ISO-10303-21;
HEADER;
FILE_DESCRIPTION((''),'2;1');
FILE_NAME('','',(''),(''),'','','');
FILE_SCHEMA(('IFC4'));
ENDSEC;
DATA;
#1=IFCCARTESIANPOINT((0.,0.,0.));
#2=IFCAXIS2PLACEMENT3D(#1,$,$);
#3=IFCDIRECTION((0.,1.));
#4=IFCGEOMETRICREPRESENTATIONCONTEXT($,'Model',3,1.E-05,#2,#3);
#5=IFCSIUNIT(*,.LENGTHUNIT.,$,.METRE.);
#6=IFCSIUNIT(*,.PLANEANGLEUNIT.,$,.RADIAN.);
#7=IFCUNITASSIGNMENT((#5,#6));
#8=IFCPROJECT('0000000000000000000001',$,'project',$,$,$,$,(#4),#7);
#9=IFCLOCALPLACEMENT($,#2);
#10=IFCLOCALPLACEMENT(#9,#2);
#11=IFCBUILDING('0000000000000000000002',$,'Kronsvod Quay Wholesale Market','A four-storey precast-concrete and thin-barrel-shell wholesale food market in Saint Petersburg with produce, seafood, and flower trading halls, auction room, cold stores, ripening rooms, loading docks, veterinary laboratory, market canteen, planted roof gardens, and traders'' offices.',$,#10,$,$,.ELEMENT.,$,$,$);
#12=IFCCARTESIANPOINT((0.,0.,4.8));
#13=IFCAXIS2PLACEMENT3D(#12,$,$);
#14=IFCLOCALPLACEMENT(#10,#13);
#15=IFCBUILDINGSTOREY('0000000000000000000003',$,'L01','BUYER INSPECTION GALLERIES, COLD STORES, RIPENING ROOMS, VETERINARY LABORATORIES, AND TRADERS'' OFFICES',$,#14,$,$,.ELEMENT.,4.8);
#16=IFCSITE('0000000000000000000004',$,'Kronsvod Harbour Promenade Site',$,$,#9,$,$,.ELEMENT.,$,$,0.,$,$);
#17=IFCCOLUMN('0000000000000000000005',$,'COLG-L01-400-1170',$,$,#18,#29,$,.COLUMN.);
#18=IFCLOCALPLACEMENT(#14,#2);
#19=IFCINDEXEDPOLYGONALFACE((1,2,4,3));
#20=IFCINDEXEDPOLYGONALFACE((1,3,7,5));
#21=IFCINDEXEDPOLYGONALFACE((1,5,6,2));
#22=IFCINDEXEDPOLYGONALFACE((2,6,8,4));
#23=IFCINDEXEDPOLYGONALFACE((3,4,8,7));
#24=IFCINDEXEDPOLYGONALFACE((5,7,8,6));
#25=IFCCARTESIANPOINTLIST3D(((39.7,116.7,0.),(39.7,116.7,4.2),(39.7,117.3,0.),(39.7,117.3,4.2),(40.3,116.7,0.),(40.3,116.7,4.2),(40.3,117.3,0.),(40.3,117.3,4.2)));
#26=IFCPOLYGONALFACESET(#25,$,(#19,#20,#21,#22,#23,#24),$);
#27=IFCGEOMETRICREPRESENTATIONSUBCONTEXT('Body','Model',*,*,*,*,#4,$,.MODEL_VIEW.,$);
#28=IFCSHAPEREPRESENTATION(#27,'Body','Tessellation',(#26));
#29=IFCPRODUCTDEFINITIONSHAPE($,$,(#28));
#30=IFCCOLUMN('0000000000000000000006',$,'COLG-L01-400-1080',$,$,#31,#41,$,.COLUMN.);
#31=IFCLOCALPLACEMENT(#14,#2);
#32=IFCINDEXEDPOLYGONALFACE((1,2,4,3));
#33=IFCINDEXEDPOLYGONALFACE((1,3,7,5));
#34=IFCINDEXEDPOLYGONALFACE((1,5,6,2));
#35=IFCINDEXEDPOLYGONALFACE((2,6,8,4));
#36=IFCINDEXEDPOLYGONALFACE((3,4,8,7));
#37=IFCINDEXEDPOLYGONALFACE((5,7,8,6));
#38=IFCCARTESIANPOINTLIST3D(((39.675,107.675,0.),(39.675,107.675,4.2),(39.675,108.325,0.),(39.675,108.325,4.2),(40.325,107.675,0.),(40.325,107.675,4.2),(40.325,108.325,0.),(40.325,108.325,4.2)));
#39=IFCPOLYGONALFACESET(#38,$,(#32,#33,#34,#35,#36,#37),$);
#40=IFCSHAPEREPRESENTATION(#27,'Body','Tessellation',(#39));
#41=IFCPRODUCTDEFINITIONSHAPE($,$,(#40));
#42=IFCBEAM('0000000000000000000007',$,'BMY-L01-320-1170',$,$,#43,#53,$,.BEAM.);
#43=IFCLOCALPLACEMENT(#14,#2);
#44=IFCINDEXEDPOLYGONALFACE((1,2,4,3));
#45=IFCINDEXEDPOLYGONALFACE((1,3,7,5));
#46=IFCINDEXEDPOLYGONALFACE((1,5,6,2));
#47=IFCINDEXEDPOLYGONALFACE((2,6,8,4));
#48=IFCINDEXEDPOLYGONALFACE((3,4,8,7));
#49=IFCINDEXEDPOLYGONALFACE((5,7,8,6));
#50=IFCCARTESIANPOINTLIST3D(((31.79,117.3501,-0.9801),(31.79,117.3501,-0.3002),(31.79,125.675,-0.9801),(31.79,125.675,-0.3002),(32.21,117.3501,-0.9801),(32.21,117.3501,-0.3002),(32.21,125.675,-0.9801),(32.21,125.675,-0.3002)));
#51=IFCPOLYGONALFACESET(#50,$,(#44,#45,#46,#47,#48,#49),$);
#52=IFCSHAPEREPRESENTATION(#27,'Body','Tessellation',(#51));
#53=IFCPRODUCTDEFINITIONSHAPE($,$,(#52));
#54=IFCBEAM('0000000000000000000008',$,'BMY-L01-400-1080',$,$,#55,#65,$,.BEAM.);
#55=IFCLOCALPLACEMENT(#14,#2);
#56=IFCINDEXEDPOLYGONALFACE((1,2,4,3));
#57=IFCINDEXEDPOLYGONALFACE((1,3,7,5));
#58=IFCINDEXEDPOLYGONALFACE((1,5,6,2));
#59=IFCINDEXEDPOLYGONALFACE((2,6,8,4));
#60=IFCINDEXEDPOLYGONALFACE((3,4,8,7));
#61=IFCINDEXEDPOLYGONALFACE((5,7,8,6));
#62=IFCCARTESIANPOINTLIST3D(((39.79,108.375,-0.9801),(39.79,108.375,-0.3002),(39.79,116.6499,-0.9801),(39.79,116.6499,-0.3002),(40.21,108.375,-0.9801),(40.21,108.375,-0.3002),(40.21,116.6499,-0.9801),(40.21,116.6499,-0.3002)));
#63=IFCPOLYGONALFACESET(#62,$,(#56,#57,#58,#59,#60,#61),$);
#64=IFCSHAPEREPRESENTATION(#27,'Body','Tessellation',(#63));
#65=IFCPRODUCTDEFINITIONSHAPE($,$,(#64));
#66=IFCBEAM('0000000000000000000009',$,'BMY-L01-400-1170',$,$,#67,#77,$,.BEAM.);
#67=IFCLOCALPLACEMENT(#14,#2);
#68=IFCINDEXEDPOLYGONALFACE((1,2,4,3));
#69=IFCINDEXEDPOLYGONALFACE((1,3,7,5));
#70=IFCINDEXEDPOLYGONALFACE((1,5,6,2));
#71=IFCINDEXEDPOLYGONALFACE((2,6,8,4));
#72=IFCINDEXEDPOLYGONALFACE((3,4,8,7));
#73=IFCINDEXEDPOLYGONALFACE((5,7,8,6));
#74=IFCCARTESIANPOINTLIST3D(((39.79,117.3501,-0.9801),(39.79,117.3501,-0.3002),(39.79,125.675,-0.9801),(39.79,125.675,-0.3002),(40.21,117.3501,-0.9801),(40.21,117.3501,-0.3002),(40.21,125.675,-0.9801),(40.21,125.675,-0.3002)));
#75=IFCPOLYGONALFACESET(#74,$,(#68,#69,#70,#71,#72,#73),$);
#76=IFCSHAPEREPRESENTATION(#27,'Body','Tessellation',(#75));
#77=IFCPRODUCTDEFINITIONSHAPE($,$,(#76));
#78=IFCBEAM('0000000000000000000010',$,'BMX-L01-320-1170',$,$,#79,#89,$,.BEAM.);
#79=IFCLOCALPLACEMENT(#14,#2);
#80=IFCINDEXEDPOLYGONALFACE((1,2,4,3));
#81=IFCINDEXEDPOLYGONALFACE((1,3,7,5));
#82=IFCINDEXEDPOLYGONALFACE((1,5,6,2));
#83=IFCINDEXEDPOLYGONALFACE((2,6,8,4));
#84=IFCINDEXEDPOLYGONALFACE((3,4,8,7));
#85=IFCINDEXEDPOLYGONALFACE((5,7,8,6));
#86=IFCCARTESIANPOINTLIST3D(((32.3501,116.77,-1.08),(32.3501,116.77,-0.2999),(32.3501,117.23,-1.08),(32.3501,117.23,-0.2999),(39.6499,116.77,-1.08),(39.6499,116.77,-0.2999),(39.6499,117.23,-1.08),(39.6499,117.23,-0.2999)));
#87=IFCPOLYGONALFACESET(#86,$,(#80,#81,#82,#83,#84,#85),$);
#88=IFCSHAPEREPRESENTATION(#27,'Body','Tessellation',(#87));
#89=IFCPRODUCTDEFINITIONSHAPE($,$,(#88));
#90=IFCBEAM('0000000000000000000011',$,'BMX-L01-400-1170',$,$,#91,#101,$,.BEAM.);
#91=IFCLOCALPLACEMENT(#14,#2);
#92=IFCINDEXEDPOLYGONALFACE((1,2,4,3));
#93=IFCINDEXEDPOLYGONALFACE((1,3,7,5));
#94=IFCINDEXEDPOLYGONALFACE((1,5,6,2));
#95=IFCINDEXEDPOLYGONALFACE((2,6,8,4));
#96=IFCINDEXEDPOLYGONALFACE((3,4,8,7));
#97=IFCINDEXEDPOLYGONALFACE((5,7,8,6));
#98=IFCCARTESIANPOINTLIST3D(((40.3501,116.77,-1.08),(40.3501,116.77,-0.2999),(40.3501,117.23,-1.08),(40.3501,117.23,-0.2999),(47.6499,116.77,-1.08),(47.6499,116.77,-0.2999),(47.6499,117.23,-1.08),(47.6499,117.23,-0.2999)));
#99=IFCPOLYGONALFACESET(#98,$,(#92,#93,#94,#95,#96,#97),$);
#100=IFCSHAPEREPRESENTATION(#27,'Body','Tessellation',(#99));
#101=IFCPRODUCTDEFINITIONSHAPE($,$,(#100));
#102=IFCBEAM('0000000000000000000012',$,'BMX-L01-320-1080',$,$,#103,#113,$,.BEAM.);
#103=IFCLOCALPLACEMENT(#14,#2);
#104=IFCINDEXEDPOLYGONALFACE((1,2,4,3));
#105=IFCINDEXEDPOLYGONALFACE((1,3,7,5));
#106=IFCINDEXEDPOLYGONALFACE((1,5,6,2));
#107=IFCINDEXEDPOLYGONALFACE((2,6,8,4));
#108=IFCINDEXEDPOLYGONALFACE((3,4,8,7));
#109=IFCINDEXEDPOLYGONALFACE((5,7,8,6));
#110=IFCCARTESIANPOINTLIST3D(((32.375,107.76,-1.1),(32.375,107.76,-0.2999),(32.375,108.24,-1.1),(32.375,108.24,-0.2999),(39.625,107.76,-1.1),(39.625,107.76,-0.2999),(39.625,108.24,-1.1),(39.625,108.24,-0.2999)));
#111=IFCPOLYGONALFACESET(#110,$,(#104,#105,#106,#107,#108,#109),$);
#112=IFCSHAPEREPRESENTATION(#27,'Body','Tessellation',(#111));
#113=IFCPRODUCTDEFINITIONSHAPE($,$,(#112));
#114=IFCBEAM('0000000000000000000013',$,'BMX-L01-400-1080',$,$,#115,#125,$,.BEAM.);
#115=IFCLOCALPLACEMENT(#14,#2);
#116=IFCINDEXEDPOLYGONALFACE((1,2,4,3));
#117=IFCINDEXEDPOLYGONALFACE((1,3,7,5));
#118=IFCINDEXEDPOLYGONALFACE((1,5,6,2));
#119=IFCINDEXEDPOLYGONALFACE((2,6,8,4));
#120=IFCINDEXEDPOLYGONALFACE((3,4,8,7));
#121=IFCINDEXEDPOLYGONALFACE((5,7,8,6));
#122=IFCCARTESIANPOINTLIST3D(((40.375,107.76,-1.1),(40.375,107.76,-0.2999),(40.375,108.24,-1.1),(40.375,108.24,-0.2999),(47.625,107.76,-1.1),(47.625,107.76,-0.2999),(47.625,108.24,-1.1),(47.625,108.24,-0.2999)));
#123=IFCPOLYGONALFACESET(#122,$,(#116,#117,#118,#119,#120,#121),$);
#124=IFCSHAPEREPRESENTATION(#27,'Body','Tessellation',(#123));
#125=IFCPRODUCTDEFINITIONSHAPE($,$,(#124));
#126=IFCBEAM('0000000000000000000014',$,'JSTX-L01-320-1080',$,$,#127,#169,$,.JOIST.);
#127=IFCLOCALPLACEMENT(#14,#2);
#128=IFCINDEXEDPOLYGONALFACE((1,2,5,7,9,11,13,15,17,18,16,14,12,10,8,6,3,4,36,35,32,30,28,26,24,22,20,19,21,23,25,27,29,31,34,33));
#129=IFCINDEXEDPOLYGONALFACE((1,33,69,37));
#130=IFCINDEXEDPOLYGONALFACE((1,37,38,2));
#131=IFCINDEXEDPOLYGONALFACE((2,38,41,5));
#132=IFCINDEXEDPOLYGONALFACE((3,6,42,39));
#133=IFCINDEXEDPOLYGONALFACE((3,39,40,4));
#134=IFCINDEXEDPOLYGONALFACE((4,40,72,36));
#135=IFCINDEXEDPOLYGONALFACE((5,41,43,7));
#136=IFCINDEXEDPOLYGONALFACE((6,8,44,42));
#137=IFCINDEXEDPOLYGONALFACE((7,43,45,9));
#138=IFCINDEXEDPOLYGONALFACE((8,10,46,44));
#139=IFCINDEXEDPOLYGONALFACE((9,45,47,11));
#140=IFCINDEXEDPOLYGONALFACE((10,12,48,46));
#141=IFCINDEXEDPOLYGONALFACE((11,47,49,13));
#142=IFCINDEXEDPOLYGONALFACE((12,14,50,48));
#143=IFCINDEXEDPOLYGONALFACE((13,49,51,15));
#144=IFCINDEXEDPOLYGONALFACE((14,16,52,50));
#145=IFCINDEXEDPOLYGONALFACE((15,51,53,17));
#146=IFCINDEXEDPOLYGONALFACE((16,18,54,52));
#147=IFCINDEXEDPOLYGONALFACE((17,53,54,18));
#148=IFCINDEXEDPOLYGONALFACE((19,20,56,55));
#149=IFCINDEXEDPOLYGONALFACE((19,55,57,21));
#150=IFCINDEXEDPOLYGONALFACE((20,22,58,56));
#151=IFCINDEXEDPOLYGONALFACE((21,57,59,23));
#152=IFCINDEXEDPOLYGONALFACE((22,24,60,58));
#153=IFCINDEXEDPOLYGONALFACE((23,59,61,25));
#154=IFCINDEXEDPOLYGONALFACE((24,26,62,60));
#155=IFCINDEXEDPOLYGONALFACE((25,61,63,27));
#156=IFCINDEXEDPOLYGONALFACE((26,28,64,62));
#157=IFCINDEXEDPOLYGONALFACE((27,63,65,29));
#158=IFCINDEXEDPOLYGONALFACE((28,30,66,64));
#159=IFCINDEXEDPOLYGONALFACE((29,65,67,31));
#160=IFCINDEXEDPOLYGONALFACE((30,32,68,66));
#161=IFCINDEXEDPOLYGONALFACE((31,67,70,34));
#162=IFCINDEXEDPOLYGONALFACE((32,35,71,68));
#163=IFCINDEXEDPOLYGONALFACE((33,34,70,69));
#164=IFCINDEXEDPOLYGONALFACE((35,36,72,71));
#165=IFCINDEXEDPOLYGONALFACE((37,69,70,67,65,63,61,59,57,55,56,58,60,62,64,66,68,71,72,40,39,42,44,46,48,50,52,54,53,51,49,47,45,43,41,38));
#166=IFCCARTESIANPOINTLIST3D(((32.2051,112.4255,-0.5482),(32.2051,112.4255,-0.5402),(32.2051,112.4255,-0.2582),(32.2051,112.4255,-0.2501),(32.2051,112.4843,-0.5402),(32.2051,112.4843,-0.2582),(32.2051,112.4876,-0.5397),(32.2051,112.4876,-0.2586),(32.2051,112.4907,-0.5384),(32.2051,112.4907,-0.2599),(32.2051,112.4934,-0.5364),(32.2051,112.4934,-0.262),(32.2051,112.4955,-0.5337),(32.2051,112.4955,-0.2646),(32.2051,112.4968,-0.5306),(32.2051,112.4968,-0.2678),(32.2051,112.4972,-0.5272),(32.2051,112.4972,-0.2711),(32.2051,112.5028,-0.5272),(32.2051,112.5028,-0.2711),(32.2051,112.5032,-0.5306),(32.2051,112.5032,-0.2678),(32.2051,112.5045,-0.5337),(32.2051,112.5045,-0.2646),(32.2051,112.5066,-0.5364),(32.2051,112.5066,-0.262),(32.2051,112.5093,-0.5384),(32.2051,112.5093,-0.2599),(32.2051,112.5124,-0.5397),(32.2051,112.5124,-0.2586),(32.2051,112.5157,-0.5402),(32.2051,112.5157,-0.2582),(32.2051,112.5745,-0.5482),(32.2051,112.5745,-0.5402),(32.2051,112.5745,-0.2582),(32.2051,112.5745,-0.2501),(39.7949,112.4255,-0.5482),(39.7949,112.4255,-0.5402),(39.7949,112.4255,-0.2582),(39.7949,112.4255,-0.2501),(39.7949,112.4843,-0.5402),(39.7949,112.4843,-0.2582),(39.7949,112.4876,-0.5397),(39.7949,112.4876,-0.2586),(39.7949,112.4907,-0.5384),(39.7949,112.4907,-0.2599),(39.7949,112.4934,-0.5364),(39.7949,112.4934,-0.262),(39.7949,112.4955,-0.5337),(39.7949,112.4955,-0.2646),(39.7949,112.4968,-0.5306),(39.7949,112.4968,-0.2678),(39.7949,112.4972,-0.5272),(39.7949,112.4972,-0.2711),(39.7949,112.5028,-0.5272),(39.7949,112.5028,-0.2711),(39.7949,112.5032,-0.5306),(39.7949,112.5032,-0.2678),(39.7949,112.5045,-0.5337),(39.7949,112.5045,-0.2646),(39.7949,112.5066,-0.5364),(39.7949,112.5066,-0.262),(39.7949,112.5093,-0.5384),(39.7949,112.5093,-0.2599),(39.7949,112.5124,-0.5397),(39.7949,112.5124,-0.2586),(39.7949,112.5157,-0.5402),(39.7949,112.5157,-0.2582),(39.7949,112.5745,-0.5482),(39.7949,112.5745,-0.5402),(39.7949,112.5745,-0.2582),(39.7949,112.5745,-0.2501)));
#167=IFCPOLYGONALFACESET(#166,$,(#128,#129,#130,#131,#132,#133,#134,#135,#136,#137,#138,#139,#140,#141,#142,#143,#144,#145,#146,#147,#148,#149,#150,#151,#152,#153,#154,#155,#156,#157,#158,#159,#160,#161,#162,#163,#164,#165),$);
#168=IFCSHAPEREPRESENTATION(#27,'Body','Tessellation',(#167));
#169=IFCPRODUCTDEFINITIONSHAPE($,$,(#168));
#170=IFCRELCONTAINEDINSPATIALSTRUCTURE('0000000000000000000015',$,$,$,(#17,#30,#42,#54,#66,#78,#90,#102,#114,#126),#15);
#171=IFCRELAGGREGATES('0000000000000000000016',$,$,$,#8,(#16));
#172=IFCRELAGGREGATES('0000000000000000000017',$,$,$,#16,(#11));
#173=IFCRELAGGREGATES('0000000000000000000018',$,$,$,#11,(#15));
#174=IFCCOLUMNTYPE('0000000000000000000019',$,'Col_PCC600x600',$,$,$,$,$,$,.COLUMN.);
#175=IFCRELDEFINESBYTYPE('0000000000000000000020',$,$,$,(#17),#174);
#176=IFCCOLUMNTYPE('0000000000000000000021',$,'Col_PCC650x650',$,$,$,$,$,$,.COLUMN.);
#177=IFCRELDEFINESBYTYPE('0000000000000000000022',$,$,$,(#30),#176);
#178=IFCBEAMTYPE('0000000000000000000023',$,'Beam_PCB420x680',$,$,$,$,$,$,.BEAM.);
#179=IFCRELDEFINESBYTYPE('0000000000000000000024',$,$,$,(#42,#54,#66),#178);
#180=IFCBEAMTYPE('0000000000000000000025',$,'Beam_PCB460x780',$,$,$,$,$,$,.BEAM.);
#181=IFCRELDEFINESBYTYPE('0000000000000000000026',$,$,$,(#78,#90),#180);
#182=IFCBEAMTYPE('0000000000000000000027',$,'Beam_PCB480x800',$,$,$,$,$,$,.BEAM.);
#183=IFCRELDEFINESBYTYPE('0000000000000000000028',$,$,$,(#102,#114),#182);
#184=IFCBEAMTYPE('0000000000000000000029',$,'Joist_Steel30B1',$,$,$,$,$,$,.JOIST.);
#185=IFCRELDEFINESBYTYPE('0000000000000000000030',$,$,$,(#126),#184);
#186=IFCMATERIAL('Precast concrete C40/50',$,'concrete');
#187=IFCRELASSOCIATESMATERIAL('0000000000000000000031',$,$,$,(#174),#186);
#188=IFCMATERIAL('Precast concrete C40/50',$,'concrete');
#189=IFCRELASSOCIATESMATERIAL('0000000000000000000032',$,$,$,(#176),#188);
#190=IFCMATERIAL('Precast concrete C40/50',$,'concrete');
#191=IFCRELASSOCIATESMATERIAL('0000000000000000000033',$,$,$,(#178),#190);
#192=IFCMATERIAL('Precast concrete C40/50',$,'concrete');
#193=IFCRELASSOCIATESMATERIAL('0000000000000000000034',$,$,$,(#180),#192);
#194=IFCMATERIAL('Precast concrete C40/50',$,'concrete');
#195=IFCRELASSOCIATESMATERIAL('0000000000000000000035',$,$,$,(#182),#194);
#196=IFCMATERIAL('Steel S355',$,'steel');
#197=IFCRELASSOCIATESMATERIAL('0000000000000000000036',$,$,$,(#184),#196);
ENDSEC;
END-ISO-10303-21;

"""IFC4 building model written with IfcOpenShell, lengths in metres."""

from ifc_helpers import new_model, si_unit, direction, frame, origin, origin_2d, place, context, subcontext, project, spatial, rectangle, i_section, extrude, material, material_profile, profile_set, type_object, element, save


model = new_model("IFC4")

# Units and contexts
model_context = context("Model", 3, precision=1e-05, world=origin(), true_north=direction((0.0, 1.0)))
body_context = subcontext(model_context, "Body", "Model", "MODEL_VIEW")
ifc_project = project(units=[si_unit("LENGTHUNIT", "METRE"), si_unit("PLANEANGLEUNIT", "RADIAN")], contexts=[model_context])

# Site, building, storey
site_placement = place(None, origin())
site = spatial("IfcSite", under=ifc_project, at=site_placement, Name="Kronsvod Harbour Promenade Site", CompositionType="ELEMENT", RefElevation=0.0)
building_placement = place(site_placement, origin())
building = spatial("IfcBuilding", under=site, at=building_placement, Name="Kronsvod Quay Wholesale Market", Description="A four-storey precast-concrete and thin-barrel-shell wholesale food market in Saint Petersburg with produce, seafood, and flower trading halls, auction room, cold stores, ripening rooms, loading docks, veterinary laboratory, market canteen, planted roof gardens, and traders' offices.", CompositionType="ELEMENT")
storey_placement = place(building_placement, frame((0.0, 0.0, 4.8)))
storey = spatial("IfcBuildingStorey", under=building, at=storey_placement, Name="L01", Description="BUYER INSPECTION GALLERIES, COLD STORES, RIPENING ROOMS, VETERINARY LABORATORIES, AND TRADERS' OFFICES", CompositionType="ELEMENT", Elevation=4.8)

# Columns
ifc_material_1 = material(Name="Precast concrete C40/50", Category="concrete")
ifc_material_profile_1 = material_profile(ifc_material_1, rectangle(XDim=0.6001, YDim=0.6001, at=origin_2d()), Name="PCC600x600")
ifc_profile_set_1 = profile_set([ifc_material_profile_1], Name="Precast concrete C40/50")
column_type_1 = type_object("IfcColumnType", Name="Col_PCC600x600", PredefinedType="COLUMN", material=ifc_profile_set_1)
column_1_placement = place(storey_placement, frame((40.0, 117.0, 0.0), z_axis=(0.0, 0.0, 1.0), x_axis=(1.0, 0.0, 0.0)))
element("IfcColumn", 1, at=column_1_placement, inside=storey, type_object=column_type_1, Name="COLG-L01-400-1170", PredefinedType="COLUMN", context=body_context, shape_type="SweptSolid", body=[
    extrude(rectangle(XDim=0.6001, YDim=0.6001, at=origin_2d()), origin(), (0.0, 0.0, 1.0), 4.2),
])
ifc_material_2 = material(Name="Precast concrete C40/50", Category="concrete")
ifc_material_profile_2 = material_profile(ifc_material_2, rectangle(XDim=0.6499, YDim=0.6499, at=origin_2d()), Name="COL-08")
ifc_profile_set_2 = profile_set([ifc_material_profile_2], Name="Precast concrete C40/50")
column_type_2 = type_object("IfcColumnType", Name="Col_PCC650x650", PredefinedType="COLUMN", material=ifc_profile_set_2)
column_2_placement = place(storey_placement, frame((40.0, 108.0, 0.0), z_axis=(0.0, 0.0, 1.0), x_axis=(1.0, 0.0, 0.0)))
element("IfcColumn", 2, at=column_2_placement, inside=storey, type_object=column_type_2, Name="COLG-L01-400-1080", PredefinedType="COLUMN", context=body_context, shape_type="SweptSolid", body=[
    extrude(rectangle(XDim=0.6499, YDim=0.6499, at=origin_2d()), origin(), (0.0, 0.0, 1.0), 4.2),
])

# Beams
ifc_material_3 = material(Name="Precast concrete C40/50", Category="concrete")
ifc_material_profile_3 = material_profile(ifc_material_3, rectangle(XDim=0.4199, YDim=0.6799, at=origin_2d()), Name="PB-05")
ifc_profile_set_3 = profile_set([ifc_material_profile_3], Name="Precast concrete C40/50")
beam_type_1 = type_object("IfcBeamType", Name="Beam_PCB420x680", PredefinedType="BEAM", material=ifc_profile_set_3)
beam_1_placement = place(storey_placement, frame((32.0, 117.3501, -0.6401), z_axis=(0.0, 1.0, 0.0), x_axis=(-1.0, 0.0, 0.0)))
element("IfcBeam", 3, at=beam_1_placement, inside=storey, type_object=beam_type_1, Name="BMY-L01-320-1170", PredefinedType="BEAM", context=body_context, shape_type="SweptSolid", body=[
    extrude(rectangle(XDim=0.4199, YDim=0.6799, at=origin_2d()), origin(), (0.0, 0.0, 1.0), 8.325),
])
beam_2_placement = place(storey_placement, frame((40.0, 108.375, -0.6401), z_axis=(0.0, 1.0, 0.0), x_axis=(-1.0, 0.0, 0.0)))
element("IfcBeam", 4, at=beam_2_placement, inside=storey, type_object=beam_type_1, Name="BMY-L01-400-1080", PredefinedType="BEAM", context=body_context, shape_type="SweptSolid", body=[
    extrude(rectangle(XDim=0.4199, YDim=0.6799, at=origin_2d()), origin(), (0.0, 0.0, 1.0), 8.2749),
])
beam_3_placement = place(storey_placement, frame((40.0, 117.3501, -0.6401), z_axis=(0.0, 1.0, 0.0), x_axis=(-1.0, 0.0, 0.0)))
element("IfcBeam", 5, at=beam_3_placement, inside=storey, type_object=beam_type_1, Name="BMY-L01-400-1170", PredefinedType="BEAM", context=body_context, shape_type="SweptSolid", body=[
    extrude(rectangle(XDim=0.4199, YDim=0.6799, at=origin_2d()), origin(), (0.0, 0.0, 1.0), 8.325),
])
ifc_material_4 = material(Name="Precast concrete C40/50", Category="concrete")
ifc_material_profile_4 = material_profile(ifc_material_4, rectangle(XDim=0.46, YDim=0.78, at=origin_2d()), Name="PB-03")
ifc_profile_set_4 = profile_set([ifc_material_profile_4], Name="Precast concrete C40/50")
beam_type_2 = type_object("IfcBeamType", Name="Beam_PCB460x780", PredefinedType="BEAM", material=ifc_profile_set_4)
for number, where, z_axis, x_axis, name in (
    (6, (32.3501, 117.0, -0.6899), (1.0, 0.0, 0.0), (0.0, 1.0, 0.0), "BMX-L01-320-1170"),
    (7, (40.3501, 117.0, -0.6899), (1.0, 0.0, 0.0), (0.0, 1.0, 0.0), "BMX-L01-400-1170"),
):
    element("IfcBeam", number, at=place(storey_placement, frame(where, z_axis=z_axis, x_axis=x_axis)), inside=storey, type_object=beam_type_2, Name=name, PredefinedType="BEAM", context=body_context, shape_type="SweptSolid", body=[
        extrude(rectangle(XDim=0.46, YDim=0.78, at=origin_2d()), origin(), (0.0, 0.0, 1.0), 7.2998),
    ])
ifc_material_5 = material(Name="Precast concrete C40/50", Category="concrete")
ifc_material_profile_5 = material_profile(ifc_material_5, rectangle(XDim=0.48, YDim=0.8, at=origin_2d()), Name="PB-04")
ifc_profile_set_5 = profile_set([ifc_material_profile_5], Name="Precast concrete C40/50")
beam_type_3 = type_object("IfcBeamType", Name="Beam_PCB480x800", PredefinedType="BEAM", material=ifc_profile_set_5)
for number, where, z_axis, x_axis, name in (
    (8, (32.375, 108.0, -0.7), (1.0, 0.0, 0.0), (0.0, 1.0, 0.0), "BMX-L01-320-1080"),
    (9, (40.375, 108.0, -0.7), (1.0, 0.0, 0.0), (0.0, 1.0, 0.0), "BMX-L01-400-1080"),
):
    element("IfcBeam", number, at=place(storey_placement, frame(where, z_axis=z_axis, x_axis=x_axis)), inside=storey, type_object=beam_type_3, Name=name, PredefinedType="BEAM", context=body_context, shape_type="SweptSolid", body=[
        extrude(rectangle(XDim=0.48, YDim=0.8, at=origin_2d()), origin(), (0.0, 0.0, 1.0), 7.25),
    ])
ifc_material_6 = material(Name="Steel S355", Category="steel")
ifc_material_profile_6 = material_profile(ifc_material_6, i_section(OverallWidth=0.1489, OverallDepth=0.2981, WebThickness=0.0056, FlangeThickness=0.0081, FilletRadius=0.0129, at=origin_2d()), Name="30B1")
ifc_profile_set_6 = profile_set([ifc_material_profile_6], Name="Steel S355")
beam_type_4 = type_object("IfcBeamType", Name="Joist_Steel30B1", PredefinedType="JOIST", material=ifc_profile_set_6)
for number, where, z_axis, x_axis, name in (
    (10, (32.2051, 112.5, -0.3992), (1.0, 0.0, 0.0), (0.0, 1.0, 0.0), "JSTX-L01-320-1080"),
):
    element("IfcBeam", number, at=place(storey_placement, frame(where, z_axis=z_axis, x_axis=x_axis)), inside=storey, type_object=beam_type_4, Name=name, PredefinedType="JOIST", context=body_context, shape_type="SweptSolid", body=[
        extrude(i_section(OverallWidth=0.1489, OverallDepth=0.2981, WebThickness=0.0056, FlangeThickness=0.0081, FilletRadius=0.0129, at=origin_2d()), origin(), (0.0, 0.0, 1.0), 7.5898),
    ])

save(model, "model.ifc")
